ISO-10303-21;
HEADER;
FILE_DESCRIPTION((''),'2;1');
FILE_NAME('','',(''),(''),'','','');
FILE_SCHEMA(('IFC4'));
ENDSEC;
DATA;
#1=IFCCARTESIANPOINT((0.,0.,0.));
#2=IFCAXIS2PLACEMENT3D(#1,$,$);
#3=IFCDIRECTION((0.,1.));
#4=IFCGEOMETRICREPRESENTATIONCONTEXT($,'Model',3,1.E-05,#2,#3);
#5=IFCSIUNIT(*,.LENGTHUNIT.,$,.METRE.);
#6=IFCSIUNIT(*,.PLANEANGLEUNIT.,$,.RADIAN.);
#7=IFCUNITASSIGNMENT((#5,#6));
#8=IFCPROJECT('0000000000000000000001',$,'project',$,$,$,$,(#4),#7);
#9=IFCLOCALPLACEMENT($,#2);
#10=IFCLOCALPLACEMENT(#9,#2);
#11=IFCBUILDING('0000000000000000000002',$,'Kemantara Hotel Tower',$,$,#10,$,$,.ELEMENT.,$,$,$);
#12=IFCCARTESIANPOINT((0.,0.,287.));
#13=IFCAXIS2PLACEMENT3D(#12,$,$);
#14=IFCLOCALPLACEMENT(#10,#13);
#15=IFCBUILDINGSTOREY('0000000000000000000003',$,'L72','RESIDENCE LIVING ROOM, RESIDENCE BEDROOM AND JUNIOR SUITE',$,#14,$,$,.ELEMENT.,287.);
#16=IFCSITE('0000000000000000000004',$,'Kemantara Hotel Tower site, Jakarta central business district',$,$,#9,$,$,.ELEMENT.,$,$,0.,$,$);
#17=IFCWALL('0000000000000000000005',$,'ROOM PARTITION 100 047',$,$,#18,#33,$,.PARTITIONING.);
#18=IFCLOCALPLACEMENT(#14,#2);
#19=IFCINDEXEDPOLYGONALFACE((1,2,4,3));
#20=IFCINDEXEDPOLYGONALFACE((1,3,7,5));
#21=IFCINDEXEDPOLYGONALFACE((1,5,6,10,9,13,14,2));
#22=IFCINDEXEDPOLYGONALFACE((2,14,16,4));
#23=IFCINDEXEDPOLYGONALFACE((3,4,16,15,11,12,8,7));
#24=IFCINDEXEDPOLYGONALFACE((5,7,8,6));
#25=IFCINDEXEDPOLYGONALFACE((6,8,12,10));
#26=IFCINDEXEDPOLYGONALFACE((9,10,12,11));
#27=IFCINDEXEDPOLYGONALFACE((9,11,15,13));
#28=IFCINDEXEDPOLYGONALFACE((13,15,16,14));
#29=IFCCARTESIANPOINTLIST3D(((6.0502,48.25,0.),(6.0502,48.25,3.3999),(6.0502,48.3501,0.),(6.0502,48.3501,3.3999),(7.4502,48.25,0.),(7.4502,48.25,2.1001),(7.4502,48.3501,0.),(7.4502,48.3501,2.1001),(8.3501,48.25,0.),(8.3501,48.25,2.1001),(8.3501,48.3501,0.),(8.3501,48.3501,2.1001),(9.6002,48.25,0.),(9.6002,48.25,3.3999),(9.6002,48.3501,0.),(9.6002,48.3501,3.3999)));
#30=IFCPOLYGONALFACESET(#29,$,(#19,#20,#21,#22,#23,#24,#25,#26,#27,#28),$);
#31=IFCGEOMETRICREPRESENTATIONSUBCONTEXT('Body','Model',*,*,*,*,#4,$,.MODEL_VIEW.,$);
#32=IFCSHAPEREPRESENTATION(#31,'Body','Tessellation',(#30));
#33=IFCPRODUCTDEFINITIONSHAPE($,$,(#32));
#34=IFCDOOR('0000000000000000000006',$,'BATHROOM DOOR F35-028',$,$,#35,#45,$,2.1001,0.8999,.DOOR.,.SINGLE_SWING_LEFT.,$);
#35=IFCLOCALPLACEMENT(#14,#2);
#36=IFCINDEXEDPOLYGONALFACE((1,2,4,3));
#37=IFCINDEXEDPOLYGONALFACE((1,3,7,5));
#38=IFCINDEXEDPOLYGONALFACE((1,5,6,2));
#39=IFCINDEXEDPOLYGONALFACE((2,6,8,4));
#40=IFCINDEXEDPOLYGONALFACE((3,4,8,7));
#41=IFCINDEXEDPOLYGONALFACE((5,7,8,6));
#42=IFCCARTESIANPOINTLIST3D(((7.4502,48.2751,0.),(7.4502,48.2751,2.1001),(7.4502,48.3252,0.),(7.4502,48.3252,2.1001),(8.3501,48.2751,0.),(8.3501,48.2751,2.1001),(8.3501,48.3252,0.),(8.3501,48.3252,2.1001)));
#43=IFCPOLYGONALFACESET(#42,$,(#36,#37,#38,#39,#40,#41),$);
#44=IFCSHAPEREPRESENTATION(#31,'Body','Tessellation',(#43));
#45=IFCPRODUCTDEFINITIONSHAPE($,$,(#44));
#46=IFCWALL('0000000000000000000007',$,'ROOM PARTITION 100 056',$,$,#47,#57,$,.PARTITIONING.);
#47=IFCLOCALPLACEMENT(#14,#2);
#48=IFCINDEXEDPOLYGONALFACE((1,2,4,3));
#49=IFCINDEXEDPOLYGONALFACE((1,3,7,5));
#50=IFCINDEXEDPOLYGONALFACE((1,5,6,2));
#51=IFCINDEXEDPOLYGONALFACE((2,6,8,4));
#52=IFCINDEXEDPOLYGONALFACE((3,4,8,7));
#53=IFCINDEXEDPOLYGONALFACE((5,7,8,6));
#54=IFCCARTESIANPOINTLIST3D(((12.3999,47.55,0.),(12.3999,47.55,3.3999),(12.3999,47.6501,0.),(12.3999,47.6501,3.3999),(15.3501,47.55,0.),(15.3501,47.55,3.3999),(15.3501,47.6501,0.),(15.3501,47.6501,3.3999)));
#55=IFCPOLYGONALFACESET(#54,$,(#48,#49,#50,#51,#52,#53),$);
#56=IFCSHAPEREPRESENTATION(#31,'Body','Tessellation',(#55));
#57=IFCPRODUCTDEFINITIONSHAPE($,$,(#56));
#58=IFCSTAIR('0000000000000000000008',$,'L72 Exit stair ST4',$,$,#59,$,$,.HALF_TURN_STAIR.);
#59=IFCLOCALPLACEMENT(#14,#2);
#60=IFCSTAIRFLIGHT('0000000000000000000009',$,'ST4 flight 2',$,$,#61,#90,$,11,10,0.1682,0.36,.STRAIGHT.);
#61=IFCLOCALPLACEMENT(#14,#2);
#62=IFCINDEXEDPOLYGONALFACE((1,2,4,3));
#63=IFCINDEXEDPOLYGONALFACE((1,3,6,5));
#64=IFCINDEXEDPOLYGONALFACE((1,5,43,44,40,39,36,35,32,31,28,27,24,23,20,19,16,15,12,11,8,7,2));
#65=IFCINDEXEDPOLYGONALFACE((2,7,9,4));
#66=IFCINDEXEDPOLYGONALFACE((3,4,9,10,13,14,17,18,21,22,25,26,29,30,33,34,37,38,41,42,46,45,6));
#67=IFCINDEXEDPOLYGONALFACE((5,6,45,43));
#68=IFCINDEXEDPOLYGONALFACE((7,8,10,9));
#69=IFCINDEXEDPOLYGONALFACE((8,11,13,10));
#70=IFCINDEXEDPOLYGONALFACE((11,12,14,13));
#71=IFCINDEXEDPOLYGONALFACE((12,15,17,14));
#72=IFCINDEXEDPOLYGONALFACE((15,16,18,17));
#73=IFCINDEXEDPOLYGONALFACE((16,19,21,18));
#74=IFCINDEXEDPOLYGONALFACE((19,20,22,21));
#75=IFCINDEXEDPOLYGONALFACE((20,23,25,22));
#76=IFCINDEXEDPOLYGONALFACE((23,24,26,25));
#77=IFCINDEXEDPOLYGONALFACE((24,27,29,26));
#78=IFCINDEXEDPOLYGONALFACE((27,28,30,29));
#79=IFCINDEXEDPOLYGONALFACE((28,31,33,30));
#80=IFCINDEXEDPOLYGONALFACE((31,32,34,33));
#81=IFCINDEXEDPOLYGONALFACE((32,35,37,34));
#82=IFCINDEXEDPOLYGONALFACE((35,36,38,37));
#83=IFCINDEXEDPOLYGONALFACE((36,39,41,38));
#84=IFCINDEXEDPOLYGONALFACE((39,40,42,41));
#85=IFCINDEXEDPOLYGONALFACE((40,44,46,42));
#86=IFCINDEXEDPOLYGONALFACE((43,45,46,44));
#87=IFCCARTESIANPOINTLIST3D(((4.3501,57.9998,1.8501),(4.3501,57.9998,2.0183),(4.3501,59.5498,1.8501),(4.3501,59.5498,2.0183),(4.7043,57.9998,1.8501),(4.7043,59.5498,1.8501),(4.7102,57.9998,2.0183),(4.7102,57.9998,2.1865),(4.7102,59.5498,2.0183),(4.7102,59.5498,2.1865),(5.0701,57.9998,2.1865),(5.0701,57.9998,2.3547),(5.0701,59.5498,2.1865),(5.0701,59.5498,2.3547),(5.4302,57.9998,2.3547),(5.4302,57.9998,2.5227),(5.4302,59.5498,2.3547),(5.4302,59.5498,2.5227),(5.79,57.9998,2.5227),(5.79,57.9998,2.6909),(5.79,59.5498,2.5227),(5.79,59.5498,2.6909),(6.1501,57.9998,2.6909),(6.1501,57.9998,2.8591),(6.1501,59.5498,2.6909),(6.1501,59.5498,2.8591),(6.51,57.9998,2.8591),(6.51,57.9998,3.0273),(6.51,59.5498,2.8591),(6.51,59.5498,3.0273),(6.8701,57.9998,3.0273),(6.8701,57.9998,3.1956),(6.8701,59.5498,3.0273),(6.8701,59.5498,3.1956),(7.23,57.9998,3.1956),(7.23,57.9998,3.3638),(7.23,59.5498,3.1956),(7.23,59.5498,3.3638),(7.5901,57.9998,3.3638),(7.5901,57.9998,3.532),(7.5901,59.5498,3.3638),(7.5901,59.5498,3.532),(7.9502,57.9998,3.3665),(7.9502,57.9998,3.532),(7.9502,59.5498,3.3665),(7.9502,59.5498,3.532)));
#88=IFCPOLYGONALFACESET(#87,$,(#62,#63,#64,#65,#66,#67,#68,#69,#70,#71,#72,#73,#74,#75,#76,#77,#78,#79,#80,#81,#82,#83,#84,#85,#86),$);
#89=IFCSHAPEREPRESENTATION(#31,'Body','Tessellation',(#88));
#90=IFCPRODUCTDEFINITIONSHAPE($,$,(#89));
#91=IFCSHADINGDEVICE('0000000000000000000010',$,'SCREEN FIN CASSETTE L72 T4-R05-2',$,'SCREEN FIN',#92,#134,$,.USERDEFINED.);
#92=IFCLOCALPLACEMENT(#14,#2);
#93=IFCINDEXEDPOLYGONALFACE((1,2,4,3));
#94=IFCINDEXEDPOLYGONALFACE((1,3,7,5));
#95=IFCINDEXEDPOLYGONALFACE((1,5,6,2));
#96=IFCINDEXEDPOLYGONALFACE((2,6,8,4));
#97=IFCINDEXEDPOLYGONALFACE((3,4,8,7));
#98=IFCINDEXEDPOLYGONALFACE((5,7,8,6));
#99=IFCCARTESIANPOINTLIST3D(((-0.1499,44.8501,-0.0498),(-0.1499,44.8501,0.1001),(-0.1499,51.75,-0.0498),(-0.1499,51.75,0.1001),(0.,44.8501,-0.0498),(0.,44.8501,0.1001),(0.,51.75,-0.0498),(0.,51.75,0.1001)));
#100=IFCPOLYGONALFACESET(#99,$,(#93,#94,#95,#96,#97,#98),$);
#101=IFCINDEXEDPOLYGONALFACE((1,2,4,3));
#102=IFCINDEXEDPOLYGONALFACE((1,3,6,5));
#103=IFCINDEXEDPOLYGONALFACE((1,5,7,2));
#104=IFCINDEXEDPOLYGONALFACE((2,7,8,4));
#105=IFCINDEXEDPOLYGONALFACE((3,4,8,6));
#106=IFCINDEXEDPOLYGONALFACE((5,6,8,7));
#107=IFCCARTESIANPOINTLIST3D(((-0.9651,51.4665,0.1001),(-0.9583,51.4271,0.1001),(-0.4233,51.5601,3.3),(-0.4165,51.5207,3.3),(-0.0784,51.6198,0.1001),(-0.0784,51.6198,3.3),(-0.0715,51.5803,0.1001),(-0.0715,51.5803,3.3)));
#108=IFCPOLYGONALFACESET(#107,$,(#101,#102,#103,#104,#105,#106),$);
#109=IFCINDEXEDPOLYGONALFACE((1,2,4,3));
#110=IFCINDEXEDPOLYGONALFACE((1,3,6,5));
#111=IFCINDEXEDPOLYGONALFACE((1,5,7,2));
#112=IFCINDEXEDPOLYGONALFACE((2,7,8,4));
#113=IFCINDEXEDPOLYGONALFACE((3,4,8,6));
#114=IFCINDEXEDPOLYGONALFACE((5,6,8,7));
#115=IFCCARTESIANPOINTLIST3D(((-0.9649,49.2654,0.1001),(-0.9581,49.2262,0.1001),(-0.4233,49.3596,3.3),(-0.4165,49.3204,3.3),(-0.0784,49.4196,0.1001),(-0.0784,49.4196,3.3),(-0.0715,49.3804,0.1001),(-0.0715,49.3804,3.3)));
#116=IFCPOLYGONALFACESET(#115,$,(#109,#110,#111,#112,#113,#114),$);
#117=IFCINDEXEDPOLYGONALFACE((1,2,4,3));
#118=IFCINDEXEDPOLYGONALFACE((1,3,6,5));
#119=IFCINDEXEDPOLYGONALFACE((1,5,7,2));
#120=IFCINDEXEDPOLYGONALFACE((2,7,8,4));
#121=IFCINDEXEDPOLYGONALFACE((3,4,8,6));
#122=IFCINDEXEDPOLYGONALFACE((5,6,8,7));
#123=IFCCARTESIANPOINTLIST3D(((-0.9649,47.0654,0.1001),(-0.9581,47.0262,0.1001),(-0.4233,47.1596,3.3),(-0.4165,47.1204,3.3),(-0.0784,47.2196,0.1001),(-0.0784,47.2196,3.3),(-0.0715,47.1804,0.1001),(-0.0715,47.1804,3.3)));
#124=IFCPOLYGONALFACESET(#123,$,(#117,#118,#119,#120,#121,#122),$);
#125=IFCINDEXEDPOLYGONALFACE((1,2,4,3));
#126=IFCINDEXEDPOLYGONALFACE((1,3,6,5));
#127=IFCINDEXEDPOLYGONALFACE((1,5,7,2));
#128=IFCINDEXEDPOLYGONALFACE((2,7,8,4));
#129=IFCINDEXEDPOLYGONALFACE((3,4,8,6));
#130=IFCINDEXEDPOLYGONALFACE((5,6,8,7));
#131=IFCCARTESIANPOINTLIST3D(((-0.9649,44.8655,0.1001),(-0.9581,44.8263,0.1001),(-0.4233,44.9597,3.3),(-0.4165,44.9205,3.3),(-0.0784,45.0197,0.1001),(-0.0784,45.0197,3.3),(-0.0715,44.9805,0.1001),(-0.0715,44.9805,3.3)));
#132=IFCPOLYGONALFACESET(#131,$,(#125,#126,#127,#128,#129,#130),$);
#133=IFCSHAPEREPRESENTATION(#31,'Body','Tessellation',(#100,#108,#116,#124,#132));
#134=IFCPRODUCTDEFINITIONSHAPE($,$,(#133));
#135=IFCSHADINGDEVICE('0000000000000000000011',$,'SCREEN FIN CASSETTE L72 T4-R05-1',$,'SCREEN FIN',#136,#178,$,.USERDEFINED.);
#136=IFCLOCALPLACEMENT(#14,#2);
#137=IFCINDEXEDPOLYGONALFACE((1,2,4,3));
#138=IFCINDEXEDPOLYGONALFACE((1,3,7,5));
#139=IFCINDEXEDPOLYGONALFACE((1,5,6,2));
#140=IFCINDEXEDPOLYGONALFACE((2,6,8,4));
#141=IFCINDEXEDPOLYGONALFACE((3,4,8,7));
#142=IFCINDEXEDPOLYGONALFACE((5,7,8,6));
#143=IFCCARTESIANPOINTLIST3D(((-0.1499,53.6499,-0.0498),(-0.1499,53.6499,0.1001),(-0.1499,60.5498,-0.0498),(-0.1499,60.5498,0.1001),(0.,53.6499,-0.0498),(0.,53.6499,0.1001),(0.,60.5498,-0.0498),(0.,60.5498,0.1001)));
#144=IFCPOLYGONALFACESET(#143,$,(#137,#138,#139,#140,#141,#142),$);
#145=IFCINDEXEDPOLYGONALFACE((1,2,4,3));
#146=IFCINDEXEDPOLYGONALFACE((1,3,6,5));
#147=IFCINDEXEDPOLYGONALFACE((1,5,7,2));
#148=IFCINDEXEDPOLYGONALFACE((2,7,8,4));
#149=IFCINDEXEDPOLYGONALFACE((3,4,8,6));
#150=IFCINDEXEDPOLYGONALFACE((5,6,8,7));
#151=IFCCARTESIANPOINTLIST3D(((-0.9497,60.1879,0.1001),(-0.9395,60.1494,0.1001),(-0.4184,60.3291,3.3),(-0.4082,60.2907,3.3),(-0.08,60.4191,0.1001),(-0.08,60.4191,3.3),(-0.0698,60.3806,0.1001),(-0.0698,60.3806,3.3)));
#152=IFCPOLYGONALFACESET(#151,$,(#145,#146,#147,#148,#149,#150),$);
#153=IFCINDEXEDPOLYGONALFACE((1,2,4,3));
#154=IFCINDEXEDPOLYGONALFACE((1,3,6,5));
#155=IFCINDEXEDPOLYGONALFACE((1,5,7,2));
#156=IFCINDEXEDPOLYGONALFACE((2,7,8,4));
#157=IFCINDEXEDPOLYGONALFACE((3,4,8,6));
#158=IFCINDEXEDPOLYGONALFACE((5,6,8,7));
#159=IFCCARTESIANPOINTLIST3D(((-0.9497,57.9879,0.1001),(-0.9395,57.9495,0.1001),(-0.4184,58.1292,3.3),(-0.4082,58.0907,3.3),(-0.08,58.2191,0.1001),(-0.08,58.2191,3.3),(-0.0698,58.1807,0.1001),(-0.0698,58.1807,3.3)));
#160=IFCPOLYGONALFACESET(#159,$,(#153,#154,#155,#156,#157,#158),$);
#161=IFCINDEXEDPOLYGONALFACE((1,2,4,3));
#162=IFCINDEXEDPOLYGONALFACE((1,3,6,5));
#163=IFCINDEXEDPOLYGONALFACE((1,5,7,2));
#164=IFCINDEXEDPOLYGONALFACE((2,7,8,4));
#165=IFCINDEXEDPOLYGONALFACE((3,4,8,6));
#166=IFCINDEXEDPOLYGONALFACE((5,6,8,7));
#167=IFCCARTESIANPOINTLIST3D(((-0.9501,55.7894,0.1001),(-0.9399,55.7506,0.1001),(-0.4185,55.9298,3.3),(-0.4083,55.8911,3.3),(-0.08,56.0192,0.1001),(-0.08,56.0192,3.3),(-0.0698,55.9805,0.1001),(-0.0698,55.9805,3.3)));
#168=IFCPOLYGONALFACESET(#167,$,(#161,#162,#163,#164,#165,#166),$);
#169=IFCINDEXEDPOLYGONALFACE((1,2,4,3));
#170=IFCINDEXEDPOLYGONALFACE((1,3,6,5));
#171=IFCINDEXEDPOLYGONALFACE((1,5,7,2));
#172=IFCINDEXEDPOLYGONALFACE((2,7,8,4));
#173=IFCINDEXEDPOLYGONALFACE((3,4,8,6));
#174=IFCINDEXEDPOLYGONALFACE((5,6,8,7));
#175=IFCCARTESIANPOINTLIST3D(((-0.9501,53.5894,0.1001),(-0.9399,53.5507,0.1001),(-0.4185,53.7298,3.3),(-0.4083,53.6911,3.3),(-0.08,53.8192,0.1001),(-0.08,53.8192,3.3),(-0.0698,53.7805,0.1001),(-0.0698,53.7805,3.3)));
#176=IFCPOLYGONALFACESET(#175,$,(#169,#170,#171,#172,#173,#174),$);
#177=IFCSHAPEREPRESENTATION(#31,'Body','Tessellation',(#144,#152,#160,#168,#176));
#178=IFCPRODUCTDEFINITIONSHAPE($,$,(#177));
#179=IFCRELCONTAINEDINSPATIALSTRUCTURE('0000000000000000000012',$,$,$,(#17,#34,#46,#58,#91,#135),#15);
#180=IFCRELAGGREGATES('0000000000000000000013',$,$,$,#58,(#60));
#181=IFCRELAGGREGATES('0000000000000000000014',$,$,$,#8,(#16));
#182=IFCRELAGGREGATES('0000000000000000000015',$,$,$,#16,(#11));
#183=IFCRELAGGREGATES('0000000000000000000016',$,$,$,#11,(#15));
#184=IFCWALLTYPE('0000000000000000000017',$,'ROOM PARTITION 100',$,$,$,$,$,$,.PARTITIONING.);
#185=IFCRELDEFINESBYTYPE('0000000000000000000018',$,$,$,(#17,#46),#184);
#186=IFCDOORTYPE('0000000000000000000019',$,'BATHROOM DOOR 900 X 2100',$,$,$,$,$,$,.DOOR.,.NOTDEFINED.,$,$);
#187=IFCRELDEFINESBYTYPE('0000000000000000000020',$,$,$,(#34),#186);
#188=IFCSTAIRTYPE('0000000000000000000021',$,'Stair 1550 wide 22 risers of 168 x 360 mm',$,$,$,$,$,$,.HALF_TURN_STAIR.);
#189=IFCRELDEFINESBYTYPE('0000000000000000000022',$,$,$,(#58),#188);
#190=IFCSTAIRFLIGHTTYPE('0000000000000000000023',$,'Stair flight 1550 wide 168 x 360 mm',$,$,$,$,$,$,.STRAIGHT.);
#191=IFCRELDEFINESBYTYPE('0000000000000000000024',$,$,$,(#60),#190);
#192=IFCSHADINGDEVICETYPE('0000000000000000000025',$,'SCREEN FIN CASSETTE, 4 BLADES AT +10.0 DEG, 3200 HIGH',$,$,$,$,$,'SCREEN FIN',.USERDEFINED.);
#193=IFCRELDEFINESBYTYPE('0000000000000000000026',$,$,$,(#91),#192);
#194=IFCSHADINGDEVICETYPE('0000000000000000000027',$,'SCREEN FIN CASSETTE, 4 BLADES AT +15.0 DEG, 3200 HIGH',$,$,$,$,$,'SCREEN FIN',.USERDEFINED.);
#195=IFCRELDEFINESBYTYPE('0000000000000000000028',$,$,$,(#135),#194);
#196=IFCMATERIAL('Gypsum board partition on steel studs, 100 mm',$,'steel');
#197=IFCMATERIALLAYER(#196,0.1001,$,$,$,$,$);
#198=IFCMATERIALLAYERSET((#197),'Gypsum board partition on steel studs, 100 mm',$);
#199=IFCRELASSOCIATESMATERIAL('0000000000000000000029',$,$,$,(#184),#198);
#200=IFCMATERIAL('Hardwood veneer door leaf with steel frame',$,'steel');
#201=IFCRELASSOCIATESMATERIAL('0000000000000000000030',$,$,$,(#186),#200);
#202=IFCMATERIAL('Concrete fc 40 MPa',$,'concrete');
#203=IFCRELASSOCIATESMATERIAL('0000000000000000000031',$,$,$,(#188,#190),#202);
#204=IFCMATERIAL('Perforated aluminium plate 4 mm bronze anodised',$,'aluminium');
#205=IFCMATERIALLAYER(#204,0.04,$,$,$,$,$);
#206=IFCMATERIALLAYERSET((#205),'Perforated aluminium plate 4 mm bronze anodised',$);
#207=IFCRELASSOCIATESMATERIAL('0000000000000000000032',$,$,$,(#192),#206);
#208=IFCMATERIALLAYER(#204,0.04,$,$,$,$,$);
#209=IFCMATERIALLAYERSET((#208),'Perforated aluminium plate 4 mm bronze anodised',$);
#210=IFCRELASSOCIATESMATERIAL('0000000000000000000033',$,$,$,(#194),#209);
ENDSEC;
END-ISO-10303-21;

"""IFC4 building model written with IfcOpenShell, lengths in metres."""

from ifc_helpers import new_model, si_unit, direction, frame, frame_2d, origin, origin_2d, place, context, subcontext, project, spatial, polyline, rectangle, outline, extrude, source, transform, mapped, material, layer, layer_set, type_object, element, fill, aggregate, save


model = new_model("IFC4")

# Units and contexts
model_context = context("Model", 3, precision=1e-05, world=origin(), true_north=direction((0.0, 1.0)))
body_context = subcontext(model_context, "Body", "Model", "MODEL_VIEW")
ifc_project = project(units=[si_unit("LENGTHUNIT", "METRE"), si_unit("PLANEANGLEUNIT", "RADIAN")], contexts=[model_context])

# Site, building, storey
site_placement = place(None, origin())
site = spatial("IfcSite", under=ifc_project, at=site_placement, Name="Kemantara Hotel Tower site, Jakarta central business district", CompositionType="ELEMENT", RefElevation=0.0)
building_placement = place(site_placement, origin())
building = spatial("IfcBuilding", under=site, at=building_placement, Name="Kemantara Hotel Tower", CompositionType="ELEMENT")
storey_placement = place(building_placement, frame((0.0, 0.0, 287.0)))
storey = spatial("IfcBuildingStorey", under=building, at=storey_placement, Name="L72", Description="RESIDENCE LIVING ROOM, RESIDENCE BEDROOM AND JUNIOR SUITE", CompositionType="ELEMENT", Elevation=287.0)

# Shared definitions
ifc_material_1 = material(Name="Concrete fc 40 MPa", Category="concrete")

# Shared definitions
ifc_material_2 = material(Name="Gypsum board partition on steel studs, 100 mm", Category="steel")
ifc_layer_1 = layer(ifc_material_2, 0.1001)
ifc_layer_set_1 = layer_set([ifc_layer_1], Name="Gypsum board partition on steel studs, 100 mm")
wall_type_1 = type_object("IfcWallType", Name="ROOM PARTITION 100", PredefinedType="PARTITIONING", material=ifc_layer_set_1)

# Wall, opening, door
wall_1_placement = place(storey_placement, frame((9.6001, 48.3, 0.0), z_axis=(0.0, 0.0, 1.0), x_axis=(-1.0, 0.0, 0.0)))
wall_1 = element("IfcWall", 1, at=wall_1_placement, inside=storey, type_object=wall_type_1, Name="ROOM PARTITION 100 047", PredefinedType="PARTITIONING", context=body_context, shape_type="SweptSolid", body=[
    extrude(rectangle(XDim=3.55, YDim=0.1001, at=frame_2d((1.7749, 0.0))), origin(), (0.0, 0.0, 1.0), 3.3999),
])
opening_1_placement = place(wall_1_placement, frame((1.25, 0.0, 0.0)))
opening_1 = element("IfcOpeningElement", 2, at=opening_1_placement, cuts=wall_1, PredefinedType="OPENING", context=body_context, shape_type="SweptSolid", body=[
    extrude(rectangle(XDim=0.8999, YDim=2.1001, at=frame_2d((0.45, 1.05))), frame((0.0, 0.0601, 0.0), z_axis=(0.0, -1.0, 0.0), x_axis=(1.0, 0.0, 0.0)), (0.0, 0.0, 1.0), 0.1201),
])
ifc_material_3 = material(Name="Hardwood veneer door leaf with steel frame", Category="steel")
door_type_1 = type_object("IfcDoorType", Name="BATHROOM DOOR 900 X 2100", OperationType="NOTDEFINED", PredefinedType="DOOR", material=ifc_material_3)
door_1_placement = place(opening_1_placement, origin())
door_1 = element("IfcDoor", 3, at=door_1_placement, inside=storey, type_object=door_type_1, Name="BATHROOM DOOR F35-028", OperationType="SINGLE_SWING_LEFT", OverallHeight=2.1001, OverallWidth=0.8999, PredefinedType="DOOR", context=body_context, shape_type="SweptSolid", body=[
    extrude(rectangle(XDim=0.8999, YDim=2.1001, at=frame_2d((0.45, 1.05))), frame((0.0, 0.0249, 0.0), z_axis=(0.0, -1.0, 0.0), x_axis=(1.0, 0.0, 0.0)), (0.0, 0.0, 1.0), 0.05),
])
fill(opening_1, door_1)

# Wall
wall_2_placement = place(storey_placement, frame((12.3999, 47.6001, 0.0), z_axis=(0.0, 0.0, 1.0), x_axis=(1.0, 0.0, 0.0)))
element("IfcWall", 4, at=wall_2_placement, inside=storey, type_object=wall_type_1, Name="ROOM PARTITION 100 056", PredefinedType="PARTITIONING", context=body_context, shape_type="SweptSolid", body=[
    extrude(rectangle(XDim=2.9502, YDim=0.1001, at=frame_2d((1.4751, 0.0))), origin(), (0.0, 0.0, 1.0), 3.3999),
])

# Stair, stair flight
stair_type = type_object("IfcStairType", Name="Stair 1550 wide 22 risers of 168 x 360 mm", PredefinedType="HALF_TURN_STAIR", material=ifc_material_1)
stair_placement = place(storey_placement, origin())
stair = element("IfcStair", 5, at=stair_placement, inside=storey, type_object=stair_type, Name="L72 Exit stair ST4", PredefinedType="HALF_TURN_STAIR")
stair_flight_type = type_object("IfcStairFlightType", Name="Stair flight 1550 wide 168 x 360 mm", PredefinedType="STRAIGHT", material=ifc_material_1)
stair_flight_placement = place(storey_placement, frame((4.3501, 58.7749, 1.8501), z_axis=(0.0, 0.0, 1.0), x_axis=(1.0, 0.0, 0.0)))
stair_flight = element("IfcStairFlight", 6, at=stair_flight_placement, type_object=stair_flight_type, Name="ST4 flight 2", NumberOfRisers=11, NumberOfTreads=10, PredefinedType="STRAIGHT", RiserHeight=0.1682, TreadLength=0.36, context=body_context, shape_type="SweptSolid", body=[
    extrude(outline(polyline([(0.0, 0.0), (0.0, 0.1682), (0.3601, 0.1682), (0.3601, 0.3364), (0.72, 0.3364), (0.72, 0.5046), (1.0801, 0.5046), (1.0801, 0.6726), (1.4399, 0.6726), (1.4399, 0.8408), (1.8, 0.8408), (1.8, 1.009), (2.1599, 1.009), (2.1599, 1.1772), (2.52, 1.1772), (2.52, 1.3455), (2.8799, 1.3455), (2.8799, 1.5137), (3.24, 1.5137), (3.24, 1.6819), (3.6001, 1.6819), (3.6001, 1.8501), (3.6001, 1.5164), (0.3542, 0.0), (0.0, 0.0)])), frame((0.0, 0.7749, 0.0), z_axis=(0.0, -1.0, 0.0), x_axis=(1.0, 0.0, 0.0)), (0.0, 0.0, 1.0), 1.55),
])
aggregate(stair, [stair_flight])

# Shading devices
ifc_material_4 = material(Name="Perforated aluminium plate 4 mm bronze anodised", Category="aluminium")
ifc_layer_2 = layer(ifc_material_4, 0.04)
ifc_layer_set_2 = layer_set([ifc_layer_2], Name="Perforated aluminium plate 4 mm bronze anodised")
shading_device_type_1 = type_object("IfcShadingDeviceType", Name="SCREEN FIN CASSETTE, 4 BLADES AT +10.0 DEG, 3200 HIGH", ElementType="SCREEN FIN", PredefinedType="USERDEFINED", material=ifc_layer_set_2)
shared_shape_1 = source(origin(), body_context, "Body", "SweptSolid", [
    extrude(rectangle(XDim=6.8999, YDim=0.1499, at=origin_2d()), frame((3.3, -0.075, -0.1499), z_axis=(0.0, 0.0, 1.0), x_axis=(1.0, 0.0, 0.0)), (0.0, 0.0, 1.0), 0.1499),
    extrude(outline(polyline([(0.0, 0.0), (0.8999, 0.0), (0.3501, 3.2), (0.0, 3.2), (0.0, 0.0)])), frame((0.0198, -0.0715, 0.0), z_axis=(-0.98539, -0.170314, 0.0), x_axis=(0.170314, -0.98539, 0.0)), (0.0, 0.0, 1.0), 0.04),
    extrude(outline(polyline([(0.0, 0.0), (0.8999, 0.0), (0.3501, 3.2), (0.0, 3.2), (0.0, 0.0)])), frame((2.2197, -0.0715, 0.0), z_axis=(-0.985212, -0.171341, 0.0), x_axis=(0.171341, -0.985212, 0.0)), (0.0, 0.0, 1.0), 0.0398),
    extrude(outline(polyline([(0.0, 0.0), (0.8999, 0.0), (0.3501, 3.2), (0.0, 3.2), (0.0, 0.0)])), frame((4.4197, -0.0715, 0.0), z_axis=(-0.985212, -0.171341, 0.0), x_axis=(0.171341, -0.985212, 0.0)), (0.0, 0.0, 1.0), 0.0398),
    extrude(outline(polyline([(0.0, 0.0), (0.8999, 0.0), (0.3501, 3.2), (0.0, 3.2), (0.0, 0.0)])), frame((6.6196, -0.0715, 0.0), z_axis=(-0.985212, -0.171341, 0.0), x_axis=(0.171341, -0.985212, 0.0)), (0.0, 0.0, 1.0), 0.0398),
])
shading_device_1_placement = place(storey_placement, frame((0.0, 51.6001, 0.1001), z_axis=(0.0, 0.0, 1.0), x_axis=(0.0, -1.0, 0.0)))
element("IfcShadingDevice", 7, at=shading_device_1_placement, inside=storey, type_object=shading_device_type_1, Name="SCREEN FIN CASSETTE L72 T4-R05-2", ObjectType="SCREEN FIN", PredefinedType="USERDEFINED", context=body_context, shape_type="MappedRepresentation", body=[
    mapped(shared_shape_1, transform((0.0, 0.0, 0.0))),
])
ifc_layer_3 = layer(ifc_material_4, 0.04)
ifc_layer_set_3 = layer_set([ifc_layer_3], Name="Perforated aluminium plate 4 mm bronze anodised")
shading_device_type_2 = type_object("IfcShadingDeviceType", Name="SCREEN FIN CASSETTE, 4 BLADES AT +15.0 DEG, 3200 HIGH", ElementType="SCREEN FIN", PredefinedType="USERDEFINED", material=ifc_layer_set_3)
shared_shape_2 = source(origin(), body_context, "Body", "SweptSolid", [
    extrude(rectangle(XDim=6.8999, YDim=0.1499, at=origin_2d()), frame((3.3, -0.075, -0.1499), z_axis=(0.0, 0.0, 1.0), x_axis=(1.0, 0.0, 0.0)), (0.0, 0.0, 1.0), 0.1499),
    extrude(outline(polyline([(0.0, 0.0), (0.8999, 0.0), (0.3501, 3.2), (0.0, 3.2), (0.0, 0.0)])), frame((0.0193, -0.0698, 0.0), z_axis=(-0.966438, -0.256901, 0.0), x_axis=(0.256901, -0.966438, 0.0)), (0.0, 0.0, 1.0), 0.0398),
    extrude(outline(polyline([(0.0, 0.0), (0.8999, 0.0), (0.3501, 3.2), (0.0, 3.2), (0.0, 0.0)])), frame((2.2192, -0.0698, 0.0), z_axis=(-0.966438, -0.256901, 0.0), x_axis=(0.256901, -0.966438, 0.0)), (0.0, 0.0, 1.0), 0.0398),
    extrude(outline(polyline([(0.0, 0.0), (0.8999, 0.0), (0.3501, 3.2), (0.0, 3.2), (0.0, 0.0)])), frame((4.4194, -0.0698, 0.0), z_axis=(-0.966838, -0.255391, 0.0), x_axis=(0.255391, -0.966838, 0.0)), (0.0, 0.0, 1.0), 0.04),
    extrude(outline(polyline([(0.0, 0.0), (0.8999, 0.0), (0.3501, 3.2), (0.0, 3.2), (0.0, 0.0)])), frame((6.6194, -0.0698, 0.0), z_axis=(-0.966838, -0.255391, 0.0), x_axis=(0.255391, -0.966838, 0.0)), (0.0, 0.0, 1.0), 0.04),
])
shading_device_2_placement = place(storey_placement, frame((0.0, 60.3999, 0.1001), z_axis=(0.0, 0.0, 1.0), x_axis=(0.0, -1.0, 0.0)))
element("IfcShadingDevice", 8, at=shading_device_2_placement, inside=storey, type_object=shading_device_type_2, Name="SCREEN FIN CASSETTE L72 T4-R05-1", ObjectType="SCREEN FIN", PredefinedType="USERDEFINED", context=body_context, shape_type="MappedRepresentation", body=[
    mapped(shared_shape_2, transform((0.0, 0.0, 0.0))),
])

save(model, "model.ifc")
